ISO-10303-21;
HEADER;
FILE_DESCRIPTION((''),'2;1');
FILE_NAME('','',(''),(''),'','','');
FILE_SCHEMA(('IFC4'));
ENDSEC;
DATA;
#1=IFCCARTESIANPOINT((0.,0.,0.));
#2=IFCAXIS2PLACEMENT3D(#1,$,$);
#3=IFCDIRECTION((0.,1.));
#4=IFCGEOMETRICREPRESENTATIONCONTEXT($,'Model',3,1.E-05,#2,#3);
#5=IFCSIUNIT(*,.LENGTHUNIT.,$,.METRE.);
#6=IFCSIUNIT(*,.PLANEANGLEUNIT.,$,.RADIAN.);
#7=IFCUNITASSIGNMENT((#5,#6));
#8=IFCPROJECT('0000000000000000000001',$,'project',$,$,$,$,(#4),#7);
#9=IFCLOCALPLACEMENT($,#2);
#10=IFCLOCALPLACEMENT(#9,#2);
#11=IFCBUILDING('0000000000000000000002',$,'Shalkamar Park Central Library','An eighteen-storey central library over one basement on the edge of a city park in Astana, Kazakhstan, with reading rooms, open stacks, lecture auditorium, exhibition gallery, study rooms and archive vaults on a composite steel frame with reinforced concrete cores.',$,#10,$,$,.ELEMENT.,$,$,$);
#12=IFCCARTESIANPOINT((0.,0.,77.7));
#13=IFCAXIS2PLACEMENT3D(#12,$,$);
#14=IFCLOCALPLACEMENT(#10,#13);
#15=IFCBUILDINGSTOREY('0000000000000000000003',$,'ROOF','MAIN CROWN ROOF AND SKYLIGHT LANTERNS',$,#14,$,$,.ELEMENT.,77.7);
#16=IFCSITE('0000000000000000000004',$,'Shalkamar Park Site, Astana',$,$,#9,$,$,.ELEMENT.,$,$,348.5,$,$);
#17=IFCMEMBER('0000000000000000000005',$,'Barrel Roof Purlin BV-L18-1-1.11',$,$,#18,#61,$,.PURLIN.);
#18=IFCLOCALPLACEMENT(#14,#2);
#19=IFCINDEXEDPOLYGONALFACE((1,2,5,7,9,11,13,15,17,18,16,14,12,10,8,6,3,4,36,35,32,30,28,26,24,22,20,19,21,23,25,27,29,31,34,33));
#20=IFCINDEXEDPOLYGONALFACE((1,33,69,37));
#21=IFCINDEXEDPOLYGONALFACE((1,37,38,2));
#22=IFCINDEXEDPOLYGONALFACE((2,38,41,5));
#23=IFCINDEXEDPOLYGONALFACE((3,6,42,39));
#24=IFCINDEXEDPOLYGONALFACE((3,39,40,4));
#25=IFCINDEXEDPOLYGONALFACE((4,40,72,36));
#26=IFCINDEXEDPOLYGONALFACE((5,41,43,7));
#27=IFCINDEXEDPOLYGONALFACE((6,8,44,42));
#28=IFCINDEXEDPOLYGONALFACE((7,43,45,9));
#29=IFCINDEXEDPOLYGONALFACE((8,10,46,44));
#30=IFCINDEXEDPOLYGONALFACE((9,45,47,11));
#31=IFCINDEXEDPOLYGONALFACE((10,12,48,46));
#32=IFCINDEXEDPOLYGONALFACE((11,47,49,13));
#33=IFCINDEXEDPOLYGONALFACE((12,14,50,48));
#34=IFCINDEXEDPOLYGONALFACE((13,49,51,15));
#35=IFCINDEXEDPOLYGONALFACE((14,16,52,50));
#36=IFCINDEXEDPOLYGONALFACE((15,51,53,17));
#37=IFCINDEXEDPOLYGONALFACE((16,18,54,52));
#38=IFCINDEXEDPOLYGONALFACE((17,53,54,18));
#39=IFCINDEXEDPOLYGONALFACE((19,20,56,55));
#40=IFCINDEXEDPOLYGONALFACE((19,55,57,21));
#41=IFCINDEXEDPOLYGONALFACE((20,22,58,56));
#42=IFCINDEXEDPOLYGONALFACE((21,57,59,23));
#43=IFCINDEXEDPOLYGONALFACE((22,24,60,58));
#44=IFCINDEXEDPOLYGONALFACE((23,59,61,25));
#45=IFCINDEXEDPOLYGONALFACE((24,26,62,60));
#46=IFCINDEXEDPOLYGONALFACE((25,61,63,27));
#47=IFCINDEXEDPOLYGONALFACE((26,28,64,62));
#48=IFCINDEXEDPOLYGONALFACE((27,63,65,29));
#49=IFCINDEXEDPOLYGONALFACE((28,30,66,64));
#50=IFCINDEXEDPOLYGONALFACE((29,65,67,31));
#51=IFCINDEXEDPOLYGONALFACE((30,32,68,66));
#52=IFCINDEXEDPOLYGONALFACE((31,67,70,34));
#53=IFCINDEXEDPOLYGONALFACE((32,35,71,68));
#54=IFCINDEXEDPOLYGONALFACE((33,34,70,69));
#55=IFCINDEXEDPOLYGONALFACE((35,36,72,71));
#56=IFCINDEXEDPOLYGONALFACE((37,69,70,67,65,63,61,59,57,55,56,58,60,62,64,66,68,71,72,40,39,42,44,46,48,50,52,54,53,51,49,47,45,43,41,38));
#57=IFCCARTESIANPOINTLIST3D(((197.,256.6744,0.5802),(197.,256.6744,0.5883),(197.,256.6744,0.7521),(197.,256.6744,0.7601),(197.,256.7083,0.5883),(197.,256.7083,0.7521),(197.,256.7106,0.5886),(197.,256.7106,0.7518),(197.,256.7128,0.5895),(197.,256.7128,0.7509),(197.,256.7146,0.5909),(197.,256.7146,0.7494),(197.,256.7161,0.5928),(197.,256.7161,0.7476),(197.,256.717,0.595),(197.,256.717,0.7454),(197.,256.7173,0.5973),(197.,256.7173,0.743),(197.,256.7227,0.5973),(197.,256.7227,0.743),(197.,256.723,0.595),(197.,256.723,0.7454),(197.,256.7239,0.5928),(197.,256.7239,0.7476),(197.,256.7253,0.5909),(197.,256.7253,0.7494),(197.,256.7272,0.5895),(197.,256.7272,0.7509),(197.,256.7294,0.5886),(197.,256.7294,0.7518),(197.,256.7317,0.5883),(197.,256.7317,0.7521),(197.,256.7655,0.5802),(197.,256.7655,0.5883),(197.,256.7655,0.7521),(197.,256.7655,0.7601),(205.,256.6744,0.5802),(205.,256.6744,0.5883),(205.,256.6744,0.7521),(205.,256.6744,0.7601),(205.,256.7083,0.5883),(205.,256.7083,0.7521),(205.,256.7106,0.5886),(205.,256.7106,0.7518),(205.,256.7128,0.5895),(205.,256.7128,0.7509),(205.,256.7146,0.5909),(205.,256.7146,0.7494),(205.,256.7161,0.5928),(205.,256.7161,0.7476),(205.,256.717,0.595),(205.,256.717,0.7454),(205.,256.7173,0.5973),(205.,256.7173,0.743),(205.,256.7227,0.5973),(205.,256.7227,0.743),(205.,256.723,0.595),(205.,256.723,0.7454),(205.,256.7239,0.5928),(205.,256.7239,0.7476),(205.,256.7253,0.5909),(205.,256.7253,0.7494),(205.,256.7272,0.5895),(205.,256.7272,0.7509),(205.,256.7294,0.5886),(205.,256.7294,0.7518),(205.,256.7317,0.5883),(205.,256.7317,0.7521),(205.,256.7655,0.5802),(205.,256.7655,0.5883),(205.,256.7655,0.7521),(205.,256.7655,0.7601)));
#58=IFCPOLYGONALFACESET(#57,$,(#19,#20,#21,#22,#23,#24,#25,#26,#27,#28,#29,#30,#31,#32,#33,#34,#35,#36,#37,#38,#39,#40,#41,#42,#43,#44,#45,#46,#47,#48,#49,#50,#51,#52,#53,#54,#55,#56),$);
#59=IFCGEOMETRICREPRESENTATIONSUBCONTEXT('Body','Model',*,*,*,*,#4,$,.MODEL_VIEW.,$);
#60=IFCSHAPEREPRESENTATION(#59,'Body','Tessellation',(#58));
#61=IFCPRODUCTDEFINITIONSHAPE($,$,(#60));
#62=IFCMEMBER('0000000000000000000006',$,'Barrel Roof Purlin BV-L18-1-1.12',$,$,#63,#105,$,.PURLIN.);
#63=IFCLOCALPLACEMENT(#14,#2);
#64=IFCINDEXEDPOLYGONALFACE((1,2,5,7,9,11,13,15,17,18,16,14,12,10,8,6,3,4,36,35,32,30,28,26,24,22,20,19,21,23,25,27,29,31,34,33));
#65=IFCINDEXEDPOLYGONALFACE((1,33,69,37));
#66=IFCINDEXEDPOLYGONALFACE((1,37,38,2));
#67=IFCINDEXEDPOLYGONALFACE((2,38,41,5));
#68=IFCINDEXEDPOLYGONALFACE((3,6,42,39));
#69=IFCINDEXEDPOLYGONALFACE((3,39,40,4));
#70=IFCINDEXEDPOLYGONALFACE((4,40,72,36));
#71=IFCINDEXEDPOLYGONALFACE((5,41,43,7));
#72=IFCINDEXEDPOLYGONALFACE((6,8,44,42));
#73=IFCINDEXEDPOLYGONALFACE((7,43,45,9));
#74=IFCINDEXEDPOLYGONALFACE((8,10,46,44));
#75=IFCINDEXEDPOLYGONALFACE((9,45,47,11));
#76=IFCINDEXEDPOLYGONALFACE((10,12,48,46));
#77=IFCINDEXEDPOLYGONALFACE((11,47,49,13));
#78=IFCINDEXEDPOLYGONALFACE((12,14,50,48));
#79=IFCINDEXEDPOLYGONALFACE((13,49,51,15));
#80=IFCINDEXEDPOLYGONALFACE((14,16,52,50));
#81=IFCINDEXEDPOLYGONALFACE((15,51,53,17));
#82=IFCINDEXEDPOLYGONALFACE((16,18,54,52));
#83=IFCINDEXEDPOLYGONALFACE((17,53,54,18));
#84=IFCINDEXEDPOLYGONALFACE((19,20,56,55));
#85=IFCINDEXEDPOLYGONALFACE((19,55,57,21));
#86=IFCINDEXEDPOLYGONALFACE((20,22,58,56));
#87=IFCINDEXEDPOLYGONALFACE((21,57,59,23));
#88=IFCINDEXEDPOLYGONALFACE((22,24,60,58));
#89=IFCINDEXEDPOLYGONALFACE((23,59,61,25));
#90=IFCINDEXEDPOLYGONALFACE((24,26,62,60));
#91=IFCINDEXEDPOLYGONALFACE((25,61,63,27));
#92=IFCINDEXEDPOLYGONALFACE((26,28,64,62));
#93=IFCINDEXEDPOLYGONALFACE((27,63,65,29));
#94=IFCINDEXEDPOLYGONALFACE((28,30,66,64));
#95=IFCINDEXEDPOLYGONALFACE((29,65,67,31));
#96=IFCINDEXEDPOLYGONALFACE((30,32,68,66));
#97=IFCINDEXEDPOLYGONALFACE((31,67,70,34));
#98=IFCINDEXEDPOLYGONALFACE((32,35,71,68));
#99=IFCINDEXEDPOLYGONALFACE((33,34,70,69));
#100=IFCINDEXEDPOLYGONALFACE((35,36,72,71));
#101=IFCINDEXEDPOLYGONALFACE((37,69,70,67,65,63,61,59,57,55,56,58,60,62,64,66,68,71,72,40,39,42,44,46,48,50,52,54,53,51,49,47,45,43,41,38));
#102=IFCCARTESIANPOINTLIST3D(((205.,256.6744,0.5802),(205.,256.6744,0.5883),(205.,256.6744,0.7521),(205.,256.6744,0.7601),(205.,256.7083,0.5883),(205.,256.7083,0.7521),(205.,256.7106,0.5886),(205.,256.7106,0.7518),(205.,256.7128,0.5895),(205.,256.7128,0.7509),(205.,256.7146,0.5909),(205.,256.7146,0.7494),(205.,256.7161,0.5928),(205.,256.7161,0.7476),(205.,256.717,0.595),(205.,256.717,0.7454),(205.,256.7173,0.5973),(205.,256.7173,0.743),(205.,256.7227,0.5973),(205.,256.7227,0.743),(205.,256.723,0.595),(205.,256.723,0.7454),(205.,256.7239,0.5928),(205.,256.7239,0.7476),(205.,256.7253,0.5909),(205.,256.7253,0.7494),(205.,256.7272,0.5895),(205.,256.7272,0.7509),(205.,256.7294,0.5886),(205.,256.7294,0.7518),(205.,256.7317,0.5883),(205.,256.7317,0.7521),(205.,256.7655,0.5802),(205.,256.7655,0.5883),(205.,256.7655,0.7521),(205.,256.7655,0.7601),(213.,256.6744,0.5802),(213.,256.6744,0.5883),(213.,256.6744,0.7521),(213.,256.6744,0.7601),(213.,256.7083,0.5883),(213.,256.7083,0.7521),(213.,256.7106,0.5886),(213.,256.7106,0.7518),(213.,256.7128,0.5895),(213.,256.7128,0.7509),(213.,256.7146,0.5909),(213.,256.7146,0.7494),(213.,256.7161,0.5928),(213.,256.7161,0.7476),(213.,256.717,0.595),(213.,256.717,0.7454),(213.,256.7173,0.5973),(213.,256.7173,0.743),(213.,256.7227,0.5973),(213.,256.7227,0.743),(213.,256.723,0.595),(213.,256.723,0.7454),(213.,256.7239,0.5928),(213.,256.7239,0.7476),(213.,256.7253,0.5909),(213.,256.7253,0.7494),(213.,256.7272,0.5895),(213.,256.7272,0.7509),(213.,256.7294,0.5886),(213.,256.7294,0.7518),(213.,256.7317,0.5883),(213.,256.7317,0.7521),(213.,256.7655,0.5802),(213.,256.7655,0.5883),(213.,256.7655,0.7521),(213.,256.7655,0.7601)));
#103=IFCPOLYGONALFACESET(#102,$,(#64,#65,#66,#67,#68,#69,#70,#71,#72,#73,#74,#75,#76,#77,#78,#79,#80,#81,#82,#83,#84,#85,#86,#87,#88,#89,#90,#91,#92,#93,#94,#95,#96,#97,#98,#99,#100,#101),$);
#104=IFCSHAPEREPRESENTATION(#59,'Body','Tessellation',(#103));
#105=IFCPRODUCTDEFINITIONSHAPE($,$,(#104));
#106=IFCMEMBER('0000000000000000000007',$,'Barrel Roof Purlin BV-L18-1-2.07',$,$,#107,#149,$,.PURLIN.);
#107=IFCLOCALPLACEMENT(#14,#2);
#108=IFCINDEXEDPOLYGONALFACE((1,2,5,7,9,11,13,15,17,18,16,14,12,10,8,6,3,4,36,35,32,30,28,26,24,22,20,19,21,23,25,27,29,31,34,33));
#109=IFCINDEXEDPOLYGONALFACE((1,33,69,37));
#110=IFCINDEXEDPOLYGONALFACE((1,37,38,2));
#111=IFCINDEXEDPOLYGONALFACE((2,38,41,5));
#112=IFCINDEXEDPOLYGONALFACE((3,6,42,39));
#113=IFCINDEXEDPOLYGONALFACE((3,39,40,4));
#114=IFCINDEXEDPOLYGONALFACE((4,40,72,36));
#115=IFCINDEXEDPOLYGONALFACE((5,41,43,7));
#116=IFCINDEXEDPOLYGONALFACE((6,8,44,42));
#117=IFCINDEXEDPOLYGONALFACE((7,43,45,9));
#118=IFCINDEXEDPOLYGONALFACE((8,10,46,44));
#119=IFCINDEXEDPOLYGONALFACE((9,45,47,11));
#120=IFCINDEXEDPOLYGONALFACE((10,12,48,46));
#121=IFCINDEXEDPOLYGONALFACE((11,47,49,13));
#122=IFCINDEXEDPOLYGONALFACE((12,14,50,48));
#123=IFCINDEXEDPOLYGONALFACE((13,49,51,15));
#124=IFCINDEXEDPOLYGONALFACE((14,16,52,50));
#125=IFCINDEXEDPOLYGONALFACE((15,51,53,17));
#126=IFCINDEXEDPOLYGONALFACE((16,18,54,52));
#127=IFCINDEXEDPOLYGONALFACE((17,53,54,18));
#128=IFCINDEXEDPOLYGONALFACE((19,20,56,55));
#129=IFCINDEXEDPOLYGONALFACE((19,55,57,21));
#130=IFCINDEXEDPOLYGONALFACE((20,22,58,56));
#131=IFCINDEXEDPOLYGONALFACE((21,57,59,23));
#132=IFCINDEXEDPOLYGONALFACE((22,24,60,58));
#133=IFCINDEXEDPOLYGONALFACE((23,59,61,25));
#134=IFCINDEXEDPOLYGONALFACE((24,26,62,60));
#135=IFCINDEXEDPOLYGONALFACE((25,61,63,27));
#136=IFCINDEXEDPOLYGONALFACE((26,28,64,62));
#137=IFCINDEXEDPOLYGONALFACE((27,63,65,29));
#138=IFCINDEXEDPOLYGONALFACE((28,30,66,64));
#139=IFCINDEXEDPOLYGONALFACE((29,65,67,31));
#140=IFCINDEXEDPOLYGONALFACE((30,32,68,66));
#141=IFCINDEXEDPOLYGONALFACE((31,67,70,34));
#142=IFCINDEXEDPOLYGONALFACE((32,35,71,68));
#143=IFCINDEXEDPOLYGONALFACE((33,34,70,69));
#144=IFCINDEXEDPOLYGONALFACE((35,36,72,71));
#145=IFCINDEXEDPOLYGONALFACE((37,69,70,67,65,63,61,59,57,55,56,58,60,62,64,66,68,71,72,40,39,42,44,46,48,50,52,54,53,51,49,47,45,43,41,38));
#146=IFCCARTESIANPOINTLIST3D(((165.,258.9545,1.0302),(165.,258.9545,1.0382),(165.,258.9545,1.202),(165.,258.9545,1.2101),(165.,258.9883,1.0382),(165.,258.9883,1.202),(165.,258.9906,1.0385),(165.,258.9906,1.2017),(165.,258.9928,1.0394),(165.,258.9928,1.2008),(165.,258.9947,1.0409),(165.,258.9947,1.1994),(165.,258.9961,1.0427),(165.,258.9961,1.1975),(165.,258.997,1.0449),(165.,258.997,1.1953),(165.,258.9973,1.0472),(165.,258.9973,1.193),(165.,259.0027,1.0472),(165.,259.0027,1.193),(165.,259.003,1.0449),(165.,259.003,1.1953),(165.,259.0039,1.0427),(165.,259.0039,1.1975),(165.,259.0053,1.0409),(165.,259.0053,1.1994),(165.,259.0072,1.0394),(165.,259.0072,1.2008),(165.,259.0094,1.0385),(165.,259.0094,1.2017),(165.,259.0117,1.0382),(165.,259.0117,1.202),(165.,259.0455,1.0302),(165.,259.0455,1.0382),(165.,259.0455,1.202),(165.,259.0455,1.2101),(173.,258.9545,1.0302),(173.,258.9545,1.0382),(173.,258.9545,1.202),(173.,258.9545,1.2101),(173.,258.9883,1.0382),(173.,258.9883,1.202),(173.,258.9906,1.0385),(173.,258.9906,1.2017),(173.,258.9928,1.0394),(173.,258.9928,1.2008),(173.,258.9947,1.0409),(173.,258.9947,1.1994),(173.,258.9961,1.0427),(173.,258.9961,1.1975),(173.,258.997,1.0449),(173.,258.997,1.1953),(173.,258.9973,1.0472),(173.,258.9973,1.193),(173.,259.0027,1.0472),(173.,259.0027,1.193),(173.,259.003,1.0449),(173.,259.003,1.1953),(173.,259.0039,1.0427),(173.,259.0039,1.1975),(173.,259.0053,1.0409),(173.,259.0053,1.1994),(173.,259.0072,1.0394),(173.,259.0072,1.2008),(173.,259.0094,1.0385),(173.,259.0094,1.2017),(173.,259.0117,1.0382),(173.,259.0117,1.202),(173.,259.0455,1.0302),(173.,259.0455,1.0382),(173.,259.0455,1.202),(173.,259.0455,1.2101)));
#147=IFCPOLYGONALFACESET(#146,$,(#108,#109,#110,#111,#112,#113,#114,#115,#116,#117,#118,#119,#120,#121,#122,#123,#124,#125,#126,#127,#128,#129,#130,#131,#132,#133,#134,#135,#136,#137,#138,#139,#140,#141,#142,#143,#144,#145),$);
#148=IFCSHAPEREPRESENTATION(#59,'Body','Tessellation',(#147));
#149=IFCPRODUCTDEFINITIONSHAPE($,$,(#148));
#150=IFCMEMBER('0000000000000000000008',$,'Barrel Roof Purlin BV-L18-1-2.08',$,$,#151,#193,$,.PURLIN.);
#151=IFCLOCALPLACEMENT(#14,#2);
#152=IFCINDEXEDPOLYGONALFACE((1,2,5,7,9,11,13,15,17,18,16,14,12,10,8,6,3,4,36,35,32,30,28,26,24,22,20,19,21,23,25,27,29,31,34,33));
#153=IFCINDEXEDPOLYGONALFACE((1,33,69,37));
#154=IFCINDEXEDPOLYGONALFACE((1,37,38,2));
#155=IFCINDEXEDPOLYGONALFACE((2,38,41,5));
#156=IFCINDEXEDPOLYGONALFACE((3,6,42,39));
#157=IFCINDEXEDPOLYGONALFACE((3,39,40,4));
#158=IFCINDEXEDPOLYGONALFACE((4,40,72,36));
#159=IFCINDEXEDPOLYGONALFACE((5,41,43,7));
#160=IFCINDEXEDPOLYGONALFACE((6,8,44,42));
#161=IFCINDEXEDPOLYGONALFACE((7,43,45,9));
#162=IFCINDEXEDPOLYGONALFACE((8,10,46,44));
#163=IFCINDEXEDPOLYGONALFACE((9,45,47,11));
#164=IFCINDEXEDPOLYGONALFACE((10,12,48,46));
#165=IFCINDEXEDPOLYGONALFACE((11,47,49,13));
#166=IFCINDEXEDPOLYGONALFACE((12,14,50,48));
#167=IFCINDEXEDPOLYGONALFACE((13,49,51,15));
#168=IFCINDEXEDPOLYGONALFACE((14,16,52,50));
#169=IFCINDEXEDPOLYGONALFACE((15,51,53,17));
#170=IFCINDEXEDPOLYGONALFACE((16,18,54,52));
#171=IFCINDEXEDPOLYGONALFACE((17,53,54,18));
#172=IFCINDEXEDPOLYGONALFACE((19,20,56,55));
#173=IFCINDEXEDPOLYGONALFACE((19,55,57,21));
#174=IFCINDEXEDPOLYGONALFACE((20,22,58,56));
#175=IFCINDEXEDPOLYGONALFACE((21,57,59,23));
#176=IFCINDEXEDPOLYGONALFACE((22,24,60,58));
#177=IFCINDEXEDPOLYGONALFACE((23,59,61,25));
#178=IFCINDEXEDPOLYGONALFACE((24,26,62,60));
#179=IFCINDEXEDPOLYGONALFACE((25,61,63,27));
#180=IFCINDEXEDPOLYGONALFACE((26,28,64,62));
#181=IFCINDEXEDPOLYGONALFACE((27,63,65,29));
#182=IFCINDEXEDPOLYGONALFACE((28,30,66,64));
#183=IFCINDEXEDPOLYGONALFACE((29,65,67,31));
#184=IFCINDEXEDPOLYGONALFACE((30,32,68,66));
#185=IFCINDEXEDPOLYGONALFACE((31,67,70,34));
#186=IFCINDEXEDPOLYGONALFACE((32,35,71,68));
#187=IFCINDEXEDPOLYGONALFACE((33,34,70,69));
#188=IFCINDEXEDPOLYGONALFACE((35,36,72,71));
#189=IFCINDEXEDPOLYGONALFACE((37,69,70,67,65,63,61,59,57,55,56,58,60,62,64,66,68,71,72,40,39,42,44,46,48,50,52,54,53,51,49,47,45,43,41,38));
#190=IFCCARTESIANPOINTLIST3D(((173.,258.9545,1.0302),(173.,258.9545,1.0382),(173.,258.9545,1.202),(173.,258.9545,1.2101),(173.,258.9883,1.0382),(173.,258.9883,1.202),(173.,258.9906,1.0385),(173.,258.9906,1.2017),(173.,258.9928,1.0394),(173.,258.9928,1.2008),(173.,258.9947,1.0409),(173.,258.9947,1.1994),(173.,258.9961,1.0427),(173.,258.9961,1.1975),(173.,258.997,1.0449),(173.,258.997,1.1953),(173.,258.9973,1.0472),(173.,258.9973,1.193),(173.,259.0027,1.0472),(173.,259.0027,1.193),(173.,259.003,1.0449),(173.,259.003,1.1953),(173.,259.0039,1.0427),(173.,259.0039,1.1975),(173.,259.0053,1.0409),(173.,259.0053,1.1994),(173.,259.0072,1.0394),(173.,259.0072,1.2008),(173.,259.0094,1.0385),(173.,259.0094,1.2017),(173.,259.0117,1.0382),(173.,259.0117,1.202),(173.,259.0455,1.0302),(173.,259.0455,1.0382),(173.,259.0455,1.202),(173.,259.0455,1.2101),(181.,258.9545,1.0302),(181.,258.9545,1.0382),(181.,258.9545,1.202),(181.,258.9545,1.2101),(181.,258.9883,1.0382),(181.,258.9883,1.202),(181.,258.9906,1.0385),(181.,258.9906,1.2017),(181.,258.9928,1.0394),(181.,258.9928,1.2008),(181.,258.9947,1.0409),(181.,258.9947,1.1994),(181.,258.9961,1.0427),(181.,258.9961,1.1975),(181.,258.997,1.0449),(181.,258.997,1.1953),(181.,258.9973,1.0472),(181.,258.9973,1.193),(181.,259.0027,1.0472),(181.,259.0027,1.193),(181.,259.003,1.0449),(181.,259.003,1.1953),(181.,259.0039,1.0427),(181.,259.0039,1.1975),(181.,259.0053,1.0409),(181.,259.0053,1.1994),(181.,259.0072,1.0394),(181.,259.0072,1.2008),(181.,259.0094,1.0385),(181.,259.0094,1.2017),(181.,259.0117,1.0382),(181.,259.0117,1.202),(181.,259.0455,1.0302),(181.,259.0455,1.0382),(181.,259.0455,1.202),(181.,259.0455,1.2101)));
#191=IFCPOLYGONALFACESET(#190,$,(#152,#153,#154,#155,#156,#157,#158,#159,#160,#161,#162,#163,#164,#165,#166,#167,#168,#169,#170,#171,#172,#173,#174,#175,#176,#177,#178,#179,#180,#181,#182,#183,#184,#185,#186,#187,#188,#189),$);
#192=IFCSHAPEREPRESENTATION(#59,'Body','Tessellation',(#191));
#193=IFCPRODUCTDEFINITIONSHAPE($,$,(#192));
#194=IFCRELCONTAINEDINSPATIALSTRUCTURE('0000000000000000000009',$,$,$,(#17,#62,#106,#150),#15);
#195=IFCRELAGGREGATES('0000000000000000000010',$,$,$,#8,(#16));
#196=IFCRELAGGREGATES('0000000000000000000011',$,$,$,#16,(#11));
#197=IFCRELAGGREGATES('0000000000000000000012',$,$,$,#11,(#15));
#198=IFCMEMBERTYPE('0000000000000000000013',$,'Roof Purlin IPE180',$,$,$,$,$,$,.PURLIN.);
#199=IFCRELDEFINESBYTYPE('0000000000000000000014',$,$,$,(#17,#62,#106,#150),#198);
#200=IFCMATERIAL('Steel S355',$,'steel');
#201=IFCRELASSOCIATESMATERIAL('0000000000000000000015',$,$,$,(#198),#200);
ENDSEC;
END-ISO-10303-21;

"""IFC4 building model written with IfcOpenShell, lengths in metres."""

from ifc_helpers import new_model, si_unit, direction, frame, origin, origin_2d, place, context, subcontext, project, spatial, i_section, extrude, material, material_profile, profile_set, type_object, element, save


model = new_model("IFC4")

# Units and contexts
model_context = context("Model", 3, precision=1e-05, world=origin(), true_north=direction((0.0, 1.0)))
body_context = subcontext(model_context, "Body", "Model", "MODEL_VIEW")
ifc_project = project(units=[si_unit("LENGTHUNIT", "METRE"), si_unit("PLANEANGLEUNIT", "RADIAN")], contexts=[model_context])

# Site, building, storey
site_placement = place(None, origin())
site = spatial("IfcSite", under=ifc_project, at=site_placement, Name="Shalkamar Park Site, Astana", CompositionType="ELEMENT", RefElevation=348.5)
building_placement = place(site_placement, origin())
building = spatial("IfcBuilding", under=site, at=building_placement, Name="Shalkamar Park Central Library", Description="An eighteen-storey central library over one basement on the edge of a city park in Astana, Kazakhstan, with reading rooms, open stacks, lecture auditorium, exhibition gallery, study rooms and archive vaults on a composite steel frame with reinforced concrete cores.", CompositionType="ELEMENT")
storey_placement = place(building_placement, frame((0.0, 0.0, 77.7)))
storey = spatial("IfcBuildingStorey", under=building, at=storey_placement, Name="ROOF", Description="MAIN CROWN ROOF AND SKYLIGHT LANTERNS", CompositionType="ELEMENT", Elevation=77.7)

# Members
ifc_material_1 = material(Name="Steel S355", Category="steel")
ifc_material_profile_1 = material_profile(ifc_material_1, i_section(OverallWidth=0.0911, OverallDepth=0.1799, WebThickness=0.0054, FlangeThickness=0.0081, FilletRadius=0.009, at=origin_2d()), Name="IPE 180")
ifc_profile_set_1 = profile_set([ifc_material_profile_1], Name="Steel S355")
member_type_1 = type_object("IfcMemberType", Name="Roof Purlin IPE180", PredefinedType="PURLIN", material=ifc_profile_set_1)
for number, where, z_axis, x_axis, name in (
    (1, (197.0, 256.72, 0.6702), (1.0, 0.0, 0.0), (0.0, 1.0, 0.0), "Barrel Roof Purlin BV-L18-1-1.11"),
    (2, (205.0, 256.72, 0.6702), (1.0, 0.0, 0.0), (0.0, 1.0, 0.0), "Barrel Roof Purlin BV-L18-1-1.12"),
    (3, (165.0, 259.0, 1.1201), (1.0, 0.0, 0.0), (0.0, 1.0, 0.0), "Barrel Roof Purlin BV-L18-1-2.07"),
    (4, (173.0, 259.0, 1.1201), (1.0, 0.0, 0.0), (0.0, 1.0, 0.0), "Barrel Roof Purlin BV-L18-1-2.08"),
):
    element("IfcMember", number, at=place(storey_placement, frame(where, z_axis=z_axis, x_axis=x_axis)), inside=storey, type_object=member_type_1, Name=name, PredefinedType="PURLIN", context=body_context, shape_type="SweptSolid", body=[
        extrude(i_section(OverallWidth=0.0911, OverallDepth=0.1799, WebThickness=0.0054, FlangeThickness=0.0081, FilletRadius=0.009, at=origin_2d()), origin(), (0.0, 0.0, 1.0), 8.0),
    ])

save(model, "model.ifc")
